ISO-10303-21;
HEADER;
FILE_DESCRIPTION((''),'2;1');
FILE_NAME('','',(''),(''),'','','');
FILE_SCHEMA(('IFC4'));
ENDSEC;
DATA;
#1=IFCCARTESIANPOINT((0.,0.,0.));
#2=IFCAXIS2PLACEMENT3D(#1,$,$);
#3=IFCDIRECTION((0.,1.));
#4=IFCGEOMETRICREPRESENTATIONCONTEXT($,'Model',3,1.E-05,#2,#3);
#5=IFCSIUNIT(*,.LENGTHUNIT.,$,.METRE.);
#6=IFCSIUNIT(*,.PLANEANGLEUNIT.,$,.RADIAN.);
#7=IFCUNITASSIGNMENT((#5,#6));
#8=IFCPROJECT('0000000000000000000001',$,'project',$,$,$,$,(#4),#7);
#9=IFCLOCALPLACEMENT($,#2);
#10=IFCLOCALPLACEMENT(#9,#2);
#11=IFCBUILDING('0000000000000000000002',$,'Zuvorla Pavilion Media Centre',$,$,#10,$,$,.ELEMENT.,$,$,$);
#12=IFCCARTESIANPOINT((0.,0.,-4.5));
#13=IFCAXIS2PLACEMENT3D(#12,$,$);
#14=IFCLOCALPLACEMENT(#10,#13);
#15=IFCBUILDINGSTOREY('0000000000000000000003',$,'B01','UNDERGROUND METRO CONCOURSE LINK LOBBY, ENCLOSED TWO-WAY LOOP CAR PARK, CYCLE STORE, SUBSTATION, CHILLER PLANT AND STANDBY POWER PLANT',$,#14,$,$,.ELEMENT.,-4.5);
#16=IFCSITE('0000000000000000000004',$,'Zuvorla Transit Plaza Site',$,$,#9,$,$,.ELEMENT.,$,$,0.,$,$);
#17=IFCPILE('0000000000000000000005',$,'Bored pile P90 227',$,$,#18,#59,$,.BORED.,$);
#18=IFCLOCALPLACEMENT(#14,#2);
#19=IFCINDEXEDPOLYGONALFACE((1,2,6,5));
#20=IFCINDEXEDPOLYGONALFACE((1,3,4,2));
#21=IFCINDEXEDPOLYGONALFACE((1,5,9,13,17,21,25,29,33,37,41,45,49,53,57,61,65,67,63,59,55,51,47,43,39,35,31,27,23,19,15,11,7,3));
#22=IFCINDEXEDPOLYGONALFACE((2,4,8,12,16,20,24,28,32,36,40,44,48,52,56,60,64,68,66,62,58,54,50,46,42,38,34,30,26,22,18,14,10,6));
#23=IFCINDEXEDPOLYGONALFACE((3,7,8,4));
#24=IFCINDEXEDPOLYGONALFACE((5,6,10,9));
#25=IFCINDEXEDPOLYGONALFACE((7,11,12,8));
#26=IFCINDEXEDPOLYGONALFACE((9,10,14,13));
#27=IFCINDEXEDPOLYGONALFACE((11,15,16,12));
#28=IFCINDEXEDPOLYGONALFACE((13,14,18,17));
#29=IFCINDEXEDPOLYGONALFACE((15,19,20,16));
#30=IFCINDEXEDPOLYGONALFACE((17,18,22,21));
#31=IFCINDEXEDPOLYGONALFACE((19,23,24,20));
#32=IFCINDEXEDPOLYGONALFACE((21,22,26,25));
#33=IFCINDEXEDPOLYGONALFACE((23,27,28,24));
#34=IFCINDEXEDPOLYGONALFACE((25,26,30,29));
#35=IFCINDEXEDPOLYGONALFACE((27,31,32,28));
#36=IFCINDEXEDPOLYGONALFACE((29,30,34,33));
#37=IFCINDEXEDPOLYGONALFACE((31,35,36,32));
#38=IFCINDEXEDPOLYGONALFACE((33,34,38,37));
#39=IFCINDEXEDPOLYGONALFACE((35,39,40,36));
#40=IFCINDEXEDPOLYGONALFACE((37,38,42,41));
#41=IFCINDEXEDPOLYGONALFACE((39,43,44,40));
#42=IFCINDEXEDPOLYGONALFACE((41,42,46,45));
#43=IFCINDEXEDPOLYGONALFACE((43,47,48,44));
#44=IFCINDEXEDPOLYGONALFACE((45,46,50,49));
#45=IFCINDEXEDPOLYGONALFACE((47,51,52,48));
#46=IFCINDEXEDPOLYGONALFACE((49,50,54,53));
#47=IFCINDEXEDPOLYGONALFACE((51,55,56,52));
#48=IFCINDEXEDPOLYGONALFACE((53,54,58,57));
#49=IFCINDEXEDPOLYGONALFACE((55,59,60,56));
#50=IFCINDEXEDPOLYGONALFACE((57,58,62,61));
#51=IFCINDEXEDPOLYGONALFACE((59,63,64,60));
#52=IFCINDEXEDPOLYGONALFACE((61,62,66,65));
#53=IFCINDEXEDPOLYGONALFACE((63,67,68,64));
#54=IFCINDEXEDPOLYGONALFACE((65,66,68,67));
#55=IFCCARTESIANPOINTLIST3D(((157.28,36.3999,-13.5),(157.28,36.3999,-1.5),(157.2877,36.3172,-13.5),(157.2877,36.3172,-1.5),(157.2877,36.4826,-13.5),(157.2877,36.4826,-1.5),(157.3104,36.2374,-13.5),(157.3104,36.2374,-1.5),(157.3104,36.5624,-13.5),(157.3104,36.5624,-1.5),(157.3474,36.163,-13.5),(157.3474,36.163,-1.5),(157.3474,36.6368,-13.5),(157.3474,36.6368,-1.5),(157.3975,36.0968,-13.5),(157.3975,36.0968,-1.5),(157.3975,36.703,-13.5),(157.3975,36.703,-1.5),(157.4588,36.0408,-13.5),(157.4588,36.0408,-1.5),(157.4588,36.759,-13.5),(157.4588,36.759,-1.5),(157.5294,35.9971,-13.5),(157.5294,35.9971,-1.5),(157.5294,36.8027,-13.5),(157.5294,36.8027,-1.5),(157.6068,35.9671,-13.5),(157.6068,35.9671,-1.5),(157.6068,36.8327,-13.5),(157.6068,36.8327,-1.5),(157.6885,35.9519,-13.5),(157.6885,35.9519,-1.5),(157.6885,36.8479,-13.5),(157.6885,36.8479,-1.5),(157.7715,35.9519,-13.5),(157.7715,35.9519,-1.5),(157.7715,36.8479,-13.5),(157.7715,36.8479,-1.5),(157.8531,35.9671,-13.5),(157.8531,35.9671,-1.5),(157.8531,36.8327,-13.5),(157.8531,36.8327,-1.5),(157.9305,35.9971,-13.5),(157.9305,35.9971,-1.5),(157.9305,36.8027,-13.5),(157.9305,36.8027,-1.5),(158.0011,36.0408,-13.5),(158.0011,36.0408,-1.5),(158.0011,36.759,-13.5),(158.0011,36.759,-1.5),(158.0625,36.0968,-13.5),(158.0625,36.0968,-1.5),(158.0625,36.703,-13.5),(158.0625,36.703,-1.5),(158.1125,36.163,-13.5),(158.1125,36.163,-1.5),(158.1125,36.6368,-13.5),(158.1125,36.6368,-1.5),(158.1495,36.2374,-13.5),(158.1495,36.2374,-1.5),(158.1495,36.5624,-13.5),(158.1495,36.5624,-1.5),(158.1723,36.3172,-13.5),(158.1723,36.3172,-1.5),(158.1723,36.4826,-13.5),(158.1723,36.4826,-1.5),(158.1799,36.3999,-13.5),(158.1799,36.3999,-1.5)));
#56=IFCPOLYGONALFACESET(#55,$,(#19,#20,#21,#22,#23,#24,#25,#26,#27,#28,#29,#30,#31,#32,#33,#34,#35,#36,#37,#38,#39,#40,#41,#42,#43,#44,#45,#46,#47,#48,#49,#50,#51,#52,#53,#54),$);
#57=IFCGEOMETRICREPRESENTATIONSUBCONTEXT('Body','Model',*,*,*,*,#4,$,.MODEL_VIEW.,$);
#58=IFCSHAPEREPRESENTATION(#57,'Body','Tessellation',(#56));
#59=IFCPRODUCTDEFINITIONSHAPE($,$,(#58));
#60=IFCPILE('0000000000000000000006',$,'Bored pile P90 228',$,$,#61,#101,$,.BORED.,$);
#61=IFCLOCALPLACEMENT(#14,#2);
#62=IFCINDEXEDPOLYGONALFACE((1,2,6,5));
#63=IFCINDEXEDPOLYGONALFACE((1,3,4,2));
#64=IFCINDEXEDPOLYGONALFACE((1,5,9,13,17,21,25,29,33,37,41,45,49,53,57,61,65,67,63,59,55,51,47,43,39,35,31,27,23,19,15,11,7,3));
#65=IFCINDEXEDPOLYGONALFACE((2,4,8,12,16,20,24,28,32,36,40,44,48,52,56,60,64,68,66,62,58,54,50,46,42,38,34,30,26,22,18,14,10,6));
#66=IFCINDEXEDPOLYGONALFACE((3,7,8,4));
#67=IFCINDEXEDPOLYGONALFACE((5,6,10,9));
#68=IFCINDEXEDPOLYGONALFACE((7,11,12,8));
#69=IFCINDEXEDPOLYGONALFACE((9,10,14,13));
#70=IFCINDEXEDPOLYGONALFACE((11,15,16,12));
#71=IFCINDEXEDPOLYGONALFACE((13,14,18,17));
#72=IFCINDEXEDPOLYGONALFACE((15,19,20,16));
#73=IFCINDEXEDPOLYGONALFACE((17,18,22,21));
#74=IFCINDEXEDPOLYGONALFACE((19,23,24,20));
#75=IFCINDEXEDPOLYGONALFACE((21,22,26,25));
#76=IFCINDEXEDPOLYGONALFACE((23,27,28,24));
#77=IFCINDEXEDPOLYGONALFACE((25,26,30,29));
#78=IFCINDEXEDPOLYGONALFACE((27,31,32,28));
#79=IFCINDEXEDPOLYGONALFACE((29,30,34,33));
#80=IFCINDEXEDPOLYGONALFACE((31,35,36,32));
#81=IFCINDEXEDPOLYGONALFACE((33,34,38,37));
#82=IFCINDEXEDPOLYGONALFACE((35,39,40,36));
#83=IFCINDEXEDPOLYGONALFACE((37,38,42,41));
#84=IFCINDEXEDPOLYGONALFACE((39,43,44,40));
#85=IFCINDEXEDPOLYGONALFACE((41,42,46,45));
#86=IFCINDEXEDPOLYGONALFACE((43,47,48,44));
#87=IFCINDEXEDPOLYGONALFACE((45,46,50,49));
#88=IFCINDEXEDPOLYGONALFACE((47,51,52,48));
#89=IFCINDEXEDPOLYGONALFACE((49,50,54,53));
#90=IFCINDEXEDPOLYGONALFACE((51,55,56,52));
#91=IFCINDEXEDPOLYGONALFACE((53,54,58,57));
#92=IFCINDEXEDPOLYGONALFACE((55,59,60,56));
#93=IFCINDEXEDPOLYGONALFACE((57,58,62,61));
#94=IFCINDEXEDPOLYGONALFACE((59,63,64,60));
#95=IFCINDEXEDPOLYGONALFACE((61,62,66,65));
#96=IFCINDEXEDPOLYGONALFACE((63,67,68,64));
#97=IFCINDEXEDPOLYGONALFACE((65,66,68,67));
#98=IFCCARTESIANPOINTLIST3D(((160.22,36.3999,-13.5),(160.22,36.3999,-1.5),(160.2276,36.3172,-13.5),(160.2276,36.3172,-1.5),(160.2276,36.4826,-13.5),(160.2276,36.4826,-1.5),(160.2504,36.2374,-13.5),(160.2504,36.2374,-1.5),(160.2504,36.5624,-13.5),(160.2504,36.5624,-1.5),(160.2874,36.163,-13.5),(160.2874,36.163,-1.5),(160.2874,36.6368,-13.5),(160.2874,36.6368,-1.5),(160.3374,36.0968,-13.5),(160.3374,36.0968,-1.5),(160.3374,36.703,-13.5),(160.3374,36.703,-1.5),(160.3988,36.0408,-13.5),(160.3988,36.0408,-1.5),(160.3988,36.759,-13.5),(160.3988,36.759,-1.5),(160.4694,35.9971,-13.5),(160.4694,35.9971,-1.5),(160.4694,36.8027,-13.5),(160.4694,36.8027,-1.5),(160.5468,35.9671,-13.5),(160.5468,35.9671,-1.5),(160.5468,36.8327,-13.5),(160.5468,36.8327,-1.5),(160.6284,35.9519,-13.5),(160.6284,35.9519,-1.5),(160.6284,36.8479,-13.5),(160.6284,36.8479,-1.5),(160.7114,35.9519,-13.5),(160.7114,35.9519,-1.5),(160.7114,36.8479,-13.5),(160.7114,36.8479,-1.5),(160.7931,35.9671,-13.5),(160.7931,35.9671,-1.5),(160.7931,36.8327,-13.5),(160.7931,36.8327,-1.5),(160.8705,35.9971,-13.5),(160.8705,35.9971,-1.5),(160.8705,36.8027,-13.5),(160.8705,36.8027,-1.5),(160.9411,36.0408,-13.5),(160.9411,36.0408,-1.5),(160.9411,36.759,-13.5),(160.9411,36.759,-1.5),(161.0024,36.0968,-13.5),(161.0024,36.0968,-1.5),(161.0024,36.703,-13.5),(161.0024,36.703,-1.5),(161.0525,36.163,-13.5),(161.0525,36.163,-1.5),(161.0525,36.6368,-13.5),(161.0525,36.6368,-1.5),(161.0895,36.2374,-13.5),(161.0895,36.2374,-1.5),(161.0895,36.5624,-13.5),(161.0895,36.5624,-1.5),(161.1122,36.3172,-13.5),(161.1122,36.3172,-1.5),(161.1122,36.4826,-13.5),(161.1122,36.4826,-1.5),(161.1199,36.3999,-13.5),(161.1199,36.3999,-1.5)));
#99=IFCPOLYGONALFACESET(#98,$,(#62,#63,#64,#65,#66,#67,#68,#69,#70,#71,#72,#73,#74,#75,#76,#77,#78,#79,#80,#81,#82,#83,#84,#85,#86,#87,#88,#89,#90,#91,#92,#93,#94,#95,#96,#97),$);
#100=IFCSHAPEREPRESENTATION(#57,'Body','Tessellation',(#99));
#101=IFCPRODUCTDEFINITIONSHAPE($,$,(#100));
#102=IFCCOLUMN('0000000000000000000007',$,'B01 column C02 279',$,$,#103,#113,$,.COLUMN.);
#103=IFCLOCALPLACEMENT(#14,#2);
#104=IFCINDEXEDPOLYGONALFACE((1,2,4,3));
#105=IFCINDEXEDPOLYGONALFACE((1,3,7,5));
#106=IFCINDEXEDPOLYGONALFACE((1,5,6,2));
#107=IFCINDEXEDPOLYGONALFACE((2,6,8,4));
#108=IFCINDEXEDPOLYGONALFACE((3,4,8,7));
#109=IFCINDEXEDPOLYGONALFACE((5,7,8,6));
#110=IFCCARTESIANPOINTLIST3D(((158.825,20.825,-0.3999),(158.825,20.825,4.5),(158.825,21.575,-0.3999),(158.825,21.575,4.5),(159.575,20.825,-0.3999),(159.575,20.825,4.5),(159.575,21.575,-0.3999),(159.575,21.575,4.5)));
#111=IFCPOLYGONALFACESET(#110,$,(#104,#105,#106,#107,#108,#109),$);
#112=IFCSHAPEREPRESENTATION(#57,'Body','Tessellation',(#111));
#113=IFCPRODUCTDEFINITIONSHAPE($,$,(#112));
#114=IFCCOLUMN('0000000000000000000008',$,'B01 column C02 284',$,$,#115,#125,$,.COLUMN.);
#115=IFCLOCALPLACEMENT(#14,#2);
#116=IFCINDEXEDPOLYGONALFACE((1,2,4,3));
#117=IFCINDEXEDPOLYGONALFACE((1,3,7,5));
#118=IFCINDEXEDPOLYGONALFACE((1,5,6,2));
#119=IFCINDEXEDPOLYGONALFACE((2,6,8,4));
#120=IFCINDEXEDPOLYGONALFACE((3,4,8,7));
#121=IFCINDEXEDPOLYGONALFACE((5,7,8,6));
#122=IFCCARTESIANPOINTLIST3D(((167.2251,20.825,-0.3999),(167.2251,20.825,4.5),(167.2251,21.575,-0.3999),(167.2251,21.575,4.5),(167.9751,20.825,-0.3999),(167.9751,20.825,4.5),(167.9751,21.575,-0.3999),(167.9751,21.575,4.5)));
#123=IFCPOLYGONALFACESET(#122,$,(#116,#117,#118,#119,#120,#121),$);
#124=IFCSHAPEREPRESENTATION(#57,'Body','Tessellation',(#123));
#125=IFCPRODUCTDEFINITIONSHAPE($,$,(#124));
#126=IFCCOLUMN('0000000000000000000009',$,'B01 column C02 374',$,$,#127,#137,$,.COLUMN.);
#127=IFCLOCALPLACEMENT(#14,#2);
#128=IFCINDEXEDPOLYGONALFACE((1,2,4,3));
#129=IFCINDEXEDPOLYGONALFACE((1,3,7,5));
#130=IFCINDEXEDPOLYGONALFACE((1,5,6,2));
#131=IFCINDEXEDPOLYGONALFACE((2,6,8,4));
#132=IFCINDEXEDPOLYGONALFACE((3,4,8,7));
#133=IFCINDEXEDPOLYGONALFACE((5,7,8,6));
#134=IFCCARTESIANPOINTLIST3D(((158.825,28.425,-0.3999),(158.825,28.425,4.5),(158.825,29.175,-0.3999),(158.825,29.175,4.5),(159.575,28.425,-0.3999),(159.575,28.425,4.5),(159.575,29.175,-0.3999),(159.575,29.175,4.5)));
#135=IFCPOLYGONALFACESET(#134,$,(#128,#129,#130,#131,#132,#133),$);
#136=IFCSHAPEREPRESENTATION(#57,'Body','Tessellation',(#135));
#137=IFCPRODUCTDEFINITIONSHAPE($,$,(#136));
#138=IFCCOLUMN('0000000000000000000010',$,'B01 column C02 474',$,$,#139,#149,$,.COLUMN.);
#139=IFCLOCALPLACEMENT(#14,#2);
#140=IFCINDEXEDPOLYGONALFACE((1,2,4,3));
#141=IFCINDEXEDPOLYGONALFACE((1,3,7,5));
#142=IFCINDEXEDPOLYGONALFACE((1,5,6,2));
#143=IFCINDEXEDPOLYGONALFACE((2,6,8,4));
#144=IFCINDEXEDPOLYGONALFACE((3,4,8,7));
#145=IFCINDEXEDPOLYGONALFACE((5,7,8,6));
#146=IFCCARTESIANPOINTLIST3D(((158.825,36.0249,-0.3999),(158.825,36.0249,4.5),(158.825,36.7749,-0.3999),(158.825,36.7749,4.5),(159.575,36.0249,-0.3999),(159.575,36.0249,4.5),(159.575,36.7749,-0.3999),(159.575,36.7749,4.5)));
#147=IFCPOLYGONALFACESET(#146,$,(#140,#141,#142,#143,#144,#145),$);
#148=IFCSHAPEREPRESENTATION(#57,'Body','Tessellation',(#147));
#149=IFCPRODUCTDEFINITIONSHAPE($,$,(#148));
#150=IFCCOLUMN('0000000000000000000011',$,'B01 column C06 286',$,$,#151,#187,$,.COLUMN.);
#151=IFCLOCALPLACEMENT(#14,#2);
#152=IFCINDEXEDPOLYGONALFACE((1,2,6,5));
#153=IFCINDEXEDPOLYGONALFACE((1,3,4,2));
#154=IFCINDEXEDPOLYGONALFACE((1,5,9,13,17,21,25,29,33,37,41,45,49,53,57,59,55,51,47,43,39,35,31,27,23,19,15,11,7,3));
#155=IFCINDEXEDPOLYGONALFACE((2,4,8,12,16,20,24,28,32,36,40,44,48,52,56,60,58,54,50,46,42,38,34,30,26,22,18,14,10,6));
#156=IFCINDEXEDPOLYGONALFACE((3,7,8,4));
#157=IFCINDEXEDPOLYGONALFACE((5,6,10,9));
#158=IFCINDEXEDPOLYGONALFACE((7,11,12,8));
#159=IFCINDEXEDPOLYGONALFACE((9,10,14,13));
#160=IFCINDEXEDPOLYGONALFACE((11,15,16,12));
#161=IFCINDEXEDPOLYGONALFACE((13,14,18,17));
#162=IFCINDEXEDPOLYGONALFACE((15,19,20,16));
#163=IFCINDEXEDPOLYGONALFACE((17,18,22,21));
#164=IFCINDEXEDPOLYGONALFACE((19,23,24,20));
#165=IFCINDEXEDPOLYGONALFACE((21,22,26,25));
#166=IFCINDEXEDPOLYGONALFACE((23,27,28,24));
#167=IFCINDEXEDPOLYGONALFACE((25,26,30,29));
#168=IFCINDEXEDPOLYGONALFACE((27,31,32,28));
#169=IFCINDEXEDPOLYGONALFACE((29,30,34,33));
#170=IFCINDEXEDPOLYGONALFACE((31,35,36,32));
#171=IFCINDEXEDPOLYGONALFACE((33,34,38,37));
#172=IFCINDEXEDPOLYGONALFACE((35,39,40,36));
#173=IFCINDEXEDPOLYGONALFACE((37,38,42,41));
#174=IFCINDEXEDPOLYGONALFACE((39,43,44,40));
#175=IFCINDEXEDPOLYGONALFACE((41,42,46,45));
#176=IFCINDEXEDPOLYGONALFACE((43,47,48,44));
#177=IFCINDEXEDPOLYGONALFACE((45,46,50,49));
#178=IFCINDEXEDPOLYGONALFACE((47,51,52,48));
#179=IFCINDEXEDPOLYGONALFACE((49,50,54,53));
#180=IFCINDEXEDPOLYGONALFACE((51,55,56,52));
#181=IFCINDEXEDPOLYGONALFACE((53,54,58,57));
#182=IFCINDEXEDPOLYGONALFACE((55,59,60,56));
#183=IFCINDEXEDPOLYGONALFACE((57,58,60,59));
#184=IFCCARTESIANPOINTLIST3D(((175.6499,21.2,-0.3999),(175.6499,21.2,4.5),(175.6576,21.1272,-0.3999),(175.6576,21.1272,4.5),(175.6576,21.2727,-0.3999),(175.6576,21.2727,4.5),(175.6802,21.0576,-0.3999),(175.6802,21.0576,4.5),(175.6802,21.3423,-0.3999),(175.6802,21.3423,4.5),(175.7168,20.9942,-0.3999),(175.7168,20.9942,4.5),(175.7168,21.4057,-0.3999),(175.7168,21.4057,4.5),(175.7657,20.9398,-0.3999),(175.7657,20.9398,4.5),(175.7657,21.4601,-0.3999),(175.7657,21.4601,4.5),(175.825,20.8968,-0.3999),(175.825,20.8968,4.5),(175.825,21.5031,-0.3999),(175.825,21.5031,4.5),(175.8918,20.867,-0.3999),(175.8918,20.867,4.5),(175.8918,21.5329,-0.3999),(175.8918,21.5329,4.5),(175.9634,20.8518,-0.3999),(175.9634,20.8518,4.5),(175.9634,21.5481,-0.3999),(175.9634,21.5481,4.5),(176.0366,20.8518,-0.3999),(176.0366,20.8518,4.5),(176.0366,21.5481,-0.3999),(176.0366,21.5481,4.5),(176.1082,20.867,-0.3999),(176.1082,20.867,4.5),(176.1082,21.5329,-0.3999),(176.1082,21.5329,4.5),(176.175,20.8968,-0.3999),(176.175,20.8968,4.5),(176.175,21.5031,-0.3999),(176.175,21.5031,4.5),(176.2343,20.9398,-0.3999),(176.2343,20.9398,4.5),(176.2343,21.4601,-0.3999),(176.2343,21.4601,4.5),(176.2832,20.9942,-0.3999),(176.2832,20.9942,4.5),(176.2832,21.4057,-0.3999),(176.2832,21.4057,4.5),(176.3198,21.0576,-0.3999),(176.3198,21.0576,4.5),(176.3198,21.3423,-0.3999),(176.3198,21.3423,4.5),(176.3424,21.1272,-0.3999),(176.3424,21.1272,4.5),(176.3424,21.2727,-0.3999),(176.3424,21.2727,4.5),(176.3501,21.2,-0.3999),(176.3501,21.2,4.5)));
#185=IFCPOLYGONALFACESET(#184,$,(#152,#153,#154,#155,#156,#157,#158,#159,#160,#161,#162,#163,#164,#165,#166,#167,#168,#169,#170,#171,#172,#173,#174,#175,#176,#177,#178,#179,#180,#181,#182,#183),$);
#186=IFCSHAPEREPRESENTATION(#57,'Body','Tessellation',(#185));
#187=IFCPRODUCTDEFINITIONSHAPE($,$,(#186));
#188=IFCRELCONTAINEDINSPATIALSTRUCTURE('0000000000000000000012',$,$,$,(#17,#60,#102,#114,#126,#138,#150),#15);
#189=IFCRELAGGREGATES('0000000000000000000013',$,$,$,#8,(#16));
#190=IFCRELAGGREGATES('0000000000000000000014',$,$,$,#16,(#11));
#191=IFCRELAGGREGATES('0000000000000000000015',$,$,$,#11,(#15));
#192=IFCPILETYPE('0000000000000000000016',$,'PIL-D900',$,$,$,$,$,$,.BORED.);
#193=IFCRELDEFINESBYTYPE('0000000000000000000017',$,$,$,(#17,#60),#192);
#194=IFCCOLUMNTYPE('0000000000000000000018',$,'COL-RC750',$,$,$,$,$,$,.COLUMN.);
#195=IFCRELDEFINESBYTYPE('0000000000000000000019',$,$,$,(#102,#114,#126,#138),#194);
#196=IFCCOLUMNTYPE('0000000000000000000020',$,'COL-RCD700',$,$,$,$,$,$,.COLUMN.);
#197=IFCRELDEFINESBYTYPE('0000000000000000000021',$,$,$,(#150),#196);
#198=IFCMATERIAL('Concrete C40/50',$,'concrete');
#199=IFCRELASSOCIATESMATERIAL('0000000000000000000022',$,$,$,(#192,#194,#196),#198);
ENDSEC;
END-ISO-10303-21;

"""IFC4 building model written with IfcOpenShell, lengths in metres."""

from ifc_helpers import new_model, si_unit, direction, frame, origin, origin_2d, place, context, subcontext, project, spatial, rectangle, circle, extrude, material, material_profile, profile_set, type_object, element, save


model = new_model("IFC4")

# Units and contexts
model_context = context("Model", 3, precision=1e-05, world=origin(), true_north=direction((0.0, 1.0)))
body_context = subcontext(model_context, "Body", "Model", "MODEL_VIEW")
ifc_project = project(units=[si_unit("LENGTHUNIT", "METRE"), si_unit("PLANEANGLEUNIT", "RADIAN")], contexts=[model_context])

# Site, building, storey
site_placement = place(None, origin())
site = spatial("IfcSite", under=ifc_project, at=site_placement, Name="Zuvorla Transit Plaza Site", CompositionType="ELEMENT", RefElevation=0.0)
building_placement = place(site_placement, origin())
building = spatial("IfcBuilding", under=site, at=building_placement, Name="Zuvorla Pavilion Media Centre", CompositionType="ELEMENT")
storey_placement = place(building_placement, frame((0.0, 0.0, -4.5)))
storey = spatial("IfcBuildingStorey", under=building, at=storey_placement, Name="B01", Description="UNDERGROUND METRO CONCOURSE LINK LOBBY, ENCLOSED TWO-WAY LOOP CAR PARK, CYCLE STORE, SUBSTATION, CHILLER PLANT AND STANDBY POWER PLANT", CompositionType="ELEMENT", Elevation=-4.5)

# Shared definitions
ifc_material = material(Name="Concrete C40/50", Category="concrete")

# Piles
ifc_material_profile_1 = material_profile(ifc_material, circle(Radius=0.45, at=origin_2d()), Name="BORED PILE 900")
ifc_profile_set_1 = profile_set([ifc_material_profile_1], Name="Concrete C40/50")
pile_type = type_object("IfcPileType", Name="PIL-D900", PredefinedType="BORED", material=ifc_profile_set_1)
for number, where, z_axis, x_axis, name in (
    (1, (157.73, 36.3999, -1.5), (0.0, 0.0, -1.0), (1.0, 0.0, 0.0), "Bored pile P90 227"),
    (2, (160.6699, 36.3999, -1.5), (0.0, 0.0, -1.0), (1.0, 0.0, 0.0), "Bored pile P90 228"),
):
    element("IfcPile", number, at=place(storey_placement, frame(where, z_axis=z_axis, x_axis=x_axis)), inside=storey, type_object=pile_type, Name=name, PredefinedType="BORED", context=body_context, shape_type="SweptSolid", body=[
        extrude(circle(Radius=0.45, at=origin_2d()), origin(), (0.0, 0.0, 1.0), 12.0),
    ])

# Columns
ifc_material_profile_2 = material_profile(ifc_material, rectangle(XDim=0.75, YDim=0.75, at=origin_2d()), Name="RC 750x750")
ifc_profile_set_2 = profile_set([ifc_material_profile_2], Name="Concrete C40/50")
column_type_1 = type_object("IfcColumnType", Name="COL-RC750", PredefinedType="COLUMN", material=ifc_profile_set_2)
for number, where, z_axis, x_axis, name in (
    (3, (159.2, 21.2, -0.3999), (0.0, 0.0, 1.0), (1.0, 0.0, 0.0), "B01 column C02 279"),
    (4, (167.6001, 21.2, -0.3999), (0.0, 0.0, 1.0), (1.0, 0.0, 0.0), "B01 column C02 284"),
    (5, (159.2, 28.8, -0.3999), (0.0, 0.0, 1.0), (1.0, 0.0, 0.0), "B01 column C02 374"),
    (6, (159.2, 36.3999, -0.3999), (0.0, 0.0, 1.0), (1.0, 0.0, 0.0), "B01 column C02 474"),
):
    element("IfcColumn", number, at=place(storey_placement, frame(where, z_axis=z_axis, x_axis=x_axis)), inside=storey, type_object=column_type_1, Name=name, PredefinedType="COLUMN", context=body_context, shape_type="SweptSolid", body=[
        extrude(rectangle(XDim=0.75, YDim=0.75, at=origin_2d()), origin(), (0.0, 0.0, 1.0), 4.8999),
    ])
ifc_material_profile_3 = material_profile(ifc_material, circle(Radius=0.3501, at=origin_2d()), Name="RC D700")
ifc_profile_set_3 = profile_set([ifc_material_profile_3], Name="Concrete C40/50")
column_type_2 = type_object("IfcColumnType", Name="COL-RCD700", PredefinedType="COLUMN", material=ifc_profile_set_3)
column_placement = place(storey_placement, frame((176.0, 21.2, -0.3999), z_axis=(0.0, 0.0, 1.0), x_axis=(1.0, 0.0, 0.0)))
element("IfcColumn", 7, at=column_placement, inside=storey, type_object=column_type_2, Name="B01 column C06 286", PredefinedType="COLUMN", context=body_context, shape_type="SweptSolid", body=[
    extrude(circle(Radius=0.3501, at=origin_2d()), origin(), (0.0, 0.0, 1.0), 4.8999),
])

save(model, "model.ifc")
